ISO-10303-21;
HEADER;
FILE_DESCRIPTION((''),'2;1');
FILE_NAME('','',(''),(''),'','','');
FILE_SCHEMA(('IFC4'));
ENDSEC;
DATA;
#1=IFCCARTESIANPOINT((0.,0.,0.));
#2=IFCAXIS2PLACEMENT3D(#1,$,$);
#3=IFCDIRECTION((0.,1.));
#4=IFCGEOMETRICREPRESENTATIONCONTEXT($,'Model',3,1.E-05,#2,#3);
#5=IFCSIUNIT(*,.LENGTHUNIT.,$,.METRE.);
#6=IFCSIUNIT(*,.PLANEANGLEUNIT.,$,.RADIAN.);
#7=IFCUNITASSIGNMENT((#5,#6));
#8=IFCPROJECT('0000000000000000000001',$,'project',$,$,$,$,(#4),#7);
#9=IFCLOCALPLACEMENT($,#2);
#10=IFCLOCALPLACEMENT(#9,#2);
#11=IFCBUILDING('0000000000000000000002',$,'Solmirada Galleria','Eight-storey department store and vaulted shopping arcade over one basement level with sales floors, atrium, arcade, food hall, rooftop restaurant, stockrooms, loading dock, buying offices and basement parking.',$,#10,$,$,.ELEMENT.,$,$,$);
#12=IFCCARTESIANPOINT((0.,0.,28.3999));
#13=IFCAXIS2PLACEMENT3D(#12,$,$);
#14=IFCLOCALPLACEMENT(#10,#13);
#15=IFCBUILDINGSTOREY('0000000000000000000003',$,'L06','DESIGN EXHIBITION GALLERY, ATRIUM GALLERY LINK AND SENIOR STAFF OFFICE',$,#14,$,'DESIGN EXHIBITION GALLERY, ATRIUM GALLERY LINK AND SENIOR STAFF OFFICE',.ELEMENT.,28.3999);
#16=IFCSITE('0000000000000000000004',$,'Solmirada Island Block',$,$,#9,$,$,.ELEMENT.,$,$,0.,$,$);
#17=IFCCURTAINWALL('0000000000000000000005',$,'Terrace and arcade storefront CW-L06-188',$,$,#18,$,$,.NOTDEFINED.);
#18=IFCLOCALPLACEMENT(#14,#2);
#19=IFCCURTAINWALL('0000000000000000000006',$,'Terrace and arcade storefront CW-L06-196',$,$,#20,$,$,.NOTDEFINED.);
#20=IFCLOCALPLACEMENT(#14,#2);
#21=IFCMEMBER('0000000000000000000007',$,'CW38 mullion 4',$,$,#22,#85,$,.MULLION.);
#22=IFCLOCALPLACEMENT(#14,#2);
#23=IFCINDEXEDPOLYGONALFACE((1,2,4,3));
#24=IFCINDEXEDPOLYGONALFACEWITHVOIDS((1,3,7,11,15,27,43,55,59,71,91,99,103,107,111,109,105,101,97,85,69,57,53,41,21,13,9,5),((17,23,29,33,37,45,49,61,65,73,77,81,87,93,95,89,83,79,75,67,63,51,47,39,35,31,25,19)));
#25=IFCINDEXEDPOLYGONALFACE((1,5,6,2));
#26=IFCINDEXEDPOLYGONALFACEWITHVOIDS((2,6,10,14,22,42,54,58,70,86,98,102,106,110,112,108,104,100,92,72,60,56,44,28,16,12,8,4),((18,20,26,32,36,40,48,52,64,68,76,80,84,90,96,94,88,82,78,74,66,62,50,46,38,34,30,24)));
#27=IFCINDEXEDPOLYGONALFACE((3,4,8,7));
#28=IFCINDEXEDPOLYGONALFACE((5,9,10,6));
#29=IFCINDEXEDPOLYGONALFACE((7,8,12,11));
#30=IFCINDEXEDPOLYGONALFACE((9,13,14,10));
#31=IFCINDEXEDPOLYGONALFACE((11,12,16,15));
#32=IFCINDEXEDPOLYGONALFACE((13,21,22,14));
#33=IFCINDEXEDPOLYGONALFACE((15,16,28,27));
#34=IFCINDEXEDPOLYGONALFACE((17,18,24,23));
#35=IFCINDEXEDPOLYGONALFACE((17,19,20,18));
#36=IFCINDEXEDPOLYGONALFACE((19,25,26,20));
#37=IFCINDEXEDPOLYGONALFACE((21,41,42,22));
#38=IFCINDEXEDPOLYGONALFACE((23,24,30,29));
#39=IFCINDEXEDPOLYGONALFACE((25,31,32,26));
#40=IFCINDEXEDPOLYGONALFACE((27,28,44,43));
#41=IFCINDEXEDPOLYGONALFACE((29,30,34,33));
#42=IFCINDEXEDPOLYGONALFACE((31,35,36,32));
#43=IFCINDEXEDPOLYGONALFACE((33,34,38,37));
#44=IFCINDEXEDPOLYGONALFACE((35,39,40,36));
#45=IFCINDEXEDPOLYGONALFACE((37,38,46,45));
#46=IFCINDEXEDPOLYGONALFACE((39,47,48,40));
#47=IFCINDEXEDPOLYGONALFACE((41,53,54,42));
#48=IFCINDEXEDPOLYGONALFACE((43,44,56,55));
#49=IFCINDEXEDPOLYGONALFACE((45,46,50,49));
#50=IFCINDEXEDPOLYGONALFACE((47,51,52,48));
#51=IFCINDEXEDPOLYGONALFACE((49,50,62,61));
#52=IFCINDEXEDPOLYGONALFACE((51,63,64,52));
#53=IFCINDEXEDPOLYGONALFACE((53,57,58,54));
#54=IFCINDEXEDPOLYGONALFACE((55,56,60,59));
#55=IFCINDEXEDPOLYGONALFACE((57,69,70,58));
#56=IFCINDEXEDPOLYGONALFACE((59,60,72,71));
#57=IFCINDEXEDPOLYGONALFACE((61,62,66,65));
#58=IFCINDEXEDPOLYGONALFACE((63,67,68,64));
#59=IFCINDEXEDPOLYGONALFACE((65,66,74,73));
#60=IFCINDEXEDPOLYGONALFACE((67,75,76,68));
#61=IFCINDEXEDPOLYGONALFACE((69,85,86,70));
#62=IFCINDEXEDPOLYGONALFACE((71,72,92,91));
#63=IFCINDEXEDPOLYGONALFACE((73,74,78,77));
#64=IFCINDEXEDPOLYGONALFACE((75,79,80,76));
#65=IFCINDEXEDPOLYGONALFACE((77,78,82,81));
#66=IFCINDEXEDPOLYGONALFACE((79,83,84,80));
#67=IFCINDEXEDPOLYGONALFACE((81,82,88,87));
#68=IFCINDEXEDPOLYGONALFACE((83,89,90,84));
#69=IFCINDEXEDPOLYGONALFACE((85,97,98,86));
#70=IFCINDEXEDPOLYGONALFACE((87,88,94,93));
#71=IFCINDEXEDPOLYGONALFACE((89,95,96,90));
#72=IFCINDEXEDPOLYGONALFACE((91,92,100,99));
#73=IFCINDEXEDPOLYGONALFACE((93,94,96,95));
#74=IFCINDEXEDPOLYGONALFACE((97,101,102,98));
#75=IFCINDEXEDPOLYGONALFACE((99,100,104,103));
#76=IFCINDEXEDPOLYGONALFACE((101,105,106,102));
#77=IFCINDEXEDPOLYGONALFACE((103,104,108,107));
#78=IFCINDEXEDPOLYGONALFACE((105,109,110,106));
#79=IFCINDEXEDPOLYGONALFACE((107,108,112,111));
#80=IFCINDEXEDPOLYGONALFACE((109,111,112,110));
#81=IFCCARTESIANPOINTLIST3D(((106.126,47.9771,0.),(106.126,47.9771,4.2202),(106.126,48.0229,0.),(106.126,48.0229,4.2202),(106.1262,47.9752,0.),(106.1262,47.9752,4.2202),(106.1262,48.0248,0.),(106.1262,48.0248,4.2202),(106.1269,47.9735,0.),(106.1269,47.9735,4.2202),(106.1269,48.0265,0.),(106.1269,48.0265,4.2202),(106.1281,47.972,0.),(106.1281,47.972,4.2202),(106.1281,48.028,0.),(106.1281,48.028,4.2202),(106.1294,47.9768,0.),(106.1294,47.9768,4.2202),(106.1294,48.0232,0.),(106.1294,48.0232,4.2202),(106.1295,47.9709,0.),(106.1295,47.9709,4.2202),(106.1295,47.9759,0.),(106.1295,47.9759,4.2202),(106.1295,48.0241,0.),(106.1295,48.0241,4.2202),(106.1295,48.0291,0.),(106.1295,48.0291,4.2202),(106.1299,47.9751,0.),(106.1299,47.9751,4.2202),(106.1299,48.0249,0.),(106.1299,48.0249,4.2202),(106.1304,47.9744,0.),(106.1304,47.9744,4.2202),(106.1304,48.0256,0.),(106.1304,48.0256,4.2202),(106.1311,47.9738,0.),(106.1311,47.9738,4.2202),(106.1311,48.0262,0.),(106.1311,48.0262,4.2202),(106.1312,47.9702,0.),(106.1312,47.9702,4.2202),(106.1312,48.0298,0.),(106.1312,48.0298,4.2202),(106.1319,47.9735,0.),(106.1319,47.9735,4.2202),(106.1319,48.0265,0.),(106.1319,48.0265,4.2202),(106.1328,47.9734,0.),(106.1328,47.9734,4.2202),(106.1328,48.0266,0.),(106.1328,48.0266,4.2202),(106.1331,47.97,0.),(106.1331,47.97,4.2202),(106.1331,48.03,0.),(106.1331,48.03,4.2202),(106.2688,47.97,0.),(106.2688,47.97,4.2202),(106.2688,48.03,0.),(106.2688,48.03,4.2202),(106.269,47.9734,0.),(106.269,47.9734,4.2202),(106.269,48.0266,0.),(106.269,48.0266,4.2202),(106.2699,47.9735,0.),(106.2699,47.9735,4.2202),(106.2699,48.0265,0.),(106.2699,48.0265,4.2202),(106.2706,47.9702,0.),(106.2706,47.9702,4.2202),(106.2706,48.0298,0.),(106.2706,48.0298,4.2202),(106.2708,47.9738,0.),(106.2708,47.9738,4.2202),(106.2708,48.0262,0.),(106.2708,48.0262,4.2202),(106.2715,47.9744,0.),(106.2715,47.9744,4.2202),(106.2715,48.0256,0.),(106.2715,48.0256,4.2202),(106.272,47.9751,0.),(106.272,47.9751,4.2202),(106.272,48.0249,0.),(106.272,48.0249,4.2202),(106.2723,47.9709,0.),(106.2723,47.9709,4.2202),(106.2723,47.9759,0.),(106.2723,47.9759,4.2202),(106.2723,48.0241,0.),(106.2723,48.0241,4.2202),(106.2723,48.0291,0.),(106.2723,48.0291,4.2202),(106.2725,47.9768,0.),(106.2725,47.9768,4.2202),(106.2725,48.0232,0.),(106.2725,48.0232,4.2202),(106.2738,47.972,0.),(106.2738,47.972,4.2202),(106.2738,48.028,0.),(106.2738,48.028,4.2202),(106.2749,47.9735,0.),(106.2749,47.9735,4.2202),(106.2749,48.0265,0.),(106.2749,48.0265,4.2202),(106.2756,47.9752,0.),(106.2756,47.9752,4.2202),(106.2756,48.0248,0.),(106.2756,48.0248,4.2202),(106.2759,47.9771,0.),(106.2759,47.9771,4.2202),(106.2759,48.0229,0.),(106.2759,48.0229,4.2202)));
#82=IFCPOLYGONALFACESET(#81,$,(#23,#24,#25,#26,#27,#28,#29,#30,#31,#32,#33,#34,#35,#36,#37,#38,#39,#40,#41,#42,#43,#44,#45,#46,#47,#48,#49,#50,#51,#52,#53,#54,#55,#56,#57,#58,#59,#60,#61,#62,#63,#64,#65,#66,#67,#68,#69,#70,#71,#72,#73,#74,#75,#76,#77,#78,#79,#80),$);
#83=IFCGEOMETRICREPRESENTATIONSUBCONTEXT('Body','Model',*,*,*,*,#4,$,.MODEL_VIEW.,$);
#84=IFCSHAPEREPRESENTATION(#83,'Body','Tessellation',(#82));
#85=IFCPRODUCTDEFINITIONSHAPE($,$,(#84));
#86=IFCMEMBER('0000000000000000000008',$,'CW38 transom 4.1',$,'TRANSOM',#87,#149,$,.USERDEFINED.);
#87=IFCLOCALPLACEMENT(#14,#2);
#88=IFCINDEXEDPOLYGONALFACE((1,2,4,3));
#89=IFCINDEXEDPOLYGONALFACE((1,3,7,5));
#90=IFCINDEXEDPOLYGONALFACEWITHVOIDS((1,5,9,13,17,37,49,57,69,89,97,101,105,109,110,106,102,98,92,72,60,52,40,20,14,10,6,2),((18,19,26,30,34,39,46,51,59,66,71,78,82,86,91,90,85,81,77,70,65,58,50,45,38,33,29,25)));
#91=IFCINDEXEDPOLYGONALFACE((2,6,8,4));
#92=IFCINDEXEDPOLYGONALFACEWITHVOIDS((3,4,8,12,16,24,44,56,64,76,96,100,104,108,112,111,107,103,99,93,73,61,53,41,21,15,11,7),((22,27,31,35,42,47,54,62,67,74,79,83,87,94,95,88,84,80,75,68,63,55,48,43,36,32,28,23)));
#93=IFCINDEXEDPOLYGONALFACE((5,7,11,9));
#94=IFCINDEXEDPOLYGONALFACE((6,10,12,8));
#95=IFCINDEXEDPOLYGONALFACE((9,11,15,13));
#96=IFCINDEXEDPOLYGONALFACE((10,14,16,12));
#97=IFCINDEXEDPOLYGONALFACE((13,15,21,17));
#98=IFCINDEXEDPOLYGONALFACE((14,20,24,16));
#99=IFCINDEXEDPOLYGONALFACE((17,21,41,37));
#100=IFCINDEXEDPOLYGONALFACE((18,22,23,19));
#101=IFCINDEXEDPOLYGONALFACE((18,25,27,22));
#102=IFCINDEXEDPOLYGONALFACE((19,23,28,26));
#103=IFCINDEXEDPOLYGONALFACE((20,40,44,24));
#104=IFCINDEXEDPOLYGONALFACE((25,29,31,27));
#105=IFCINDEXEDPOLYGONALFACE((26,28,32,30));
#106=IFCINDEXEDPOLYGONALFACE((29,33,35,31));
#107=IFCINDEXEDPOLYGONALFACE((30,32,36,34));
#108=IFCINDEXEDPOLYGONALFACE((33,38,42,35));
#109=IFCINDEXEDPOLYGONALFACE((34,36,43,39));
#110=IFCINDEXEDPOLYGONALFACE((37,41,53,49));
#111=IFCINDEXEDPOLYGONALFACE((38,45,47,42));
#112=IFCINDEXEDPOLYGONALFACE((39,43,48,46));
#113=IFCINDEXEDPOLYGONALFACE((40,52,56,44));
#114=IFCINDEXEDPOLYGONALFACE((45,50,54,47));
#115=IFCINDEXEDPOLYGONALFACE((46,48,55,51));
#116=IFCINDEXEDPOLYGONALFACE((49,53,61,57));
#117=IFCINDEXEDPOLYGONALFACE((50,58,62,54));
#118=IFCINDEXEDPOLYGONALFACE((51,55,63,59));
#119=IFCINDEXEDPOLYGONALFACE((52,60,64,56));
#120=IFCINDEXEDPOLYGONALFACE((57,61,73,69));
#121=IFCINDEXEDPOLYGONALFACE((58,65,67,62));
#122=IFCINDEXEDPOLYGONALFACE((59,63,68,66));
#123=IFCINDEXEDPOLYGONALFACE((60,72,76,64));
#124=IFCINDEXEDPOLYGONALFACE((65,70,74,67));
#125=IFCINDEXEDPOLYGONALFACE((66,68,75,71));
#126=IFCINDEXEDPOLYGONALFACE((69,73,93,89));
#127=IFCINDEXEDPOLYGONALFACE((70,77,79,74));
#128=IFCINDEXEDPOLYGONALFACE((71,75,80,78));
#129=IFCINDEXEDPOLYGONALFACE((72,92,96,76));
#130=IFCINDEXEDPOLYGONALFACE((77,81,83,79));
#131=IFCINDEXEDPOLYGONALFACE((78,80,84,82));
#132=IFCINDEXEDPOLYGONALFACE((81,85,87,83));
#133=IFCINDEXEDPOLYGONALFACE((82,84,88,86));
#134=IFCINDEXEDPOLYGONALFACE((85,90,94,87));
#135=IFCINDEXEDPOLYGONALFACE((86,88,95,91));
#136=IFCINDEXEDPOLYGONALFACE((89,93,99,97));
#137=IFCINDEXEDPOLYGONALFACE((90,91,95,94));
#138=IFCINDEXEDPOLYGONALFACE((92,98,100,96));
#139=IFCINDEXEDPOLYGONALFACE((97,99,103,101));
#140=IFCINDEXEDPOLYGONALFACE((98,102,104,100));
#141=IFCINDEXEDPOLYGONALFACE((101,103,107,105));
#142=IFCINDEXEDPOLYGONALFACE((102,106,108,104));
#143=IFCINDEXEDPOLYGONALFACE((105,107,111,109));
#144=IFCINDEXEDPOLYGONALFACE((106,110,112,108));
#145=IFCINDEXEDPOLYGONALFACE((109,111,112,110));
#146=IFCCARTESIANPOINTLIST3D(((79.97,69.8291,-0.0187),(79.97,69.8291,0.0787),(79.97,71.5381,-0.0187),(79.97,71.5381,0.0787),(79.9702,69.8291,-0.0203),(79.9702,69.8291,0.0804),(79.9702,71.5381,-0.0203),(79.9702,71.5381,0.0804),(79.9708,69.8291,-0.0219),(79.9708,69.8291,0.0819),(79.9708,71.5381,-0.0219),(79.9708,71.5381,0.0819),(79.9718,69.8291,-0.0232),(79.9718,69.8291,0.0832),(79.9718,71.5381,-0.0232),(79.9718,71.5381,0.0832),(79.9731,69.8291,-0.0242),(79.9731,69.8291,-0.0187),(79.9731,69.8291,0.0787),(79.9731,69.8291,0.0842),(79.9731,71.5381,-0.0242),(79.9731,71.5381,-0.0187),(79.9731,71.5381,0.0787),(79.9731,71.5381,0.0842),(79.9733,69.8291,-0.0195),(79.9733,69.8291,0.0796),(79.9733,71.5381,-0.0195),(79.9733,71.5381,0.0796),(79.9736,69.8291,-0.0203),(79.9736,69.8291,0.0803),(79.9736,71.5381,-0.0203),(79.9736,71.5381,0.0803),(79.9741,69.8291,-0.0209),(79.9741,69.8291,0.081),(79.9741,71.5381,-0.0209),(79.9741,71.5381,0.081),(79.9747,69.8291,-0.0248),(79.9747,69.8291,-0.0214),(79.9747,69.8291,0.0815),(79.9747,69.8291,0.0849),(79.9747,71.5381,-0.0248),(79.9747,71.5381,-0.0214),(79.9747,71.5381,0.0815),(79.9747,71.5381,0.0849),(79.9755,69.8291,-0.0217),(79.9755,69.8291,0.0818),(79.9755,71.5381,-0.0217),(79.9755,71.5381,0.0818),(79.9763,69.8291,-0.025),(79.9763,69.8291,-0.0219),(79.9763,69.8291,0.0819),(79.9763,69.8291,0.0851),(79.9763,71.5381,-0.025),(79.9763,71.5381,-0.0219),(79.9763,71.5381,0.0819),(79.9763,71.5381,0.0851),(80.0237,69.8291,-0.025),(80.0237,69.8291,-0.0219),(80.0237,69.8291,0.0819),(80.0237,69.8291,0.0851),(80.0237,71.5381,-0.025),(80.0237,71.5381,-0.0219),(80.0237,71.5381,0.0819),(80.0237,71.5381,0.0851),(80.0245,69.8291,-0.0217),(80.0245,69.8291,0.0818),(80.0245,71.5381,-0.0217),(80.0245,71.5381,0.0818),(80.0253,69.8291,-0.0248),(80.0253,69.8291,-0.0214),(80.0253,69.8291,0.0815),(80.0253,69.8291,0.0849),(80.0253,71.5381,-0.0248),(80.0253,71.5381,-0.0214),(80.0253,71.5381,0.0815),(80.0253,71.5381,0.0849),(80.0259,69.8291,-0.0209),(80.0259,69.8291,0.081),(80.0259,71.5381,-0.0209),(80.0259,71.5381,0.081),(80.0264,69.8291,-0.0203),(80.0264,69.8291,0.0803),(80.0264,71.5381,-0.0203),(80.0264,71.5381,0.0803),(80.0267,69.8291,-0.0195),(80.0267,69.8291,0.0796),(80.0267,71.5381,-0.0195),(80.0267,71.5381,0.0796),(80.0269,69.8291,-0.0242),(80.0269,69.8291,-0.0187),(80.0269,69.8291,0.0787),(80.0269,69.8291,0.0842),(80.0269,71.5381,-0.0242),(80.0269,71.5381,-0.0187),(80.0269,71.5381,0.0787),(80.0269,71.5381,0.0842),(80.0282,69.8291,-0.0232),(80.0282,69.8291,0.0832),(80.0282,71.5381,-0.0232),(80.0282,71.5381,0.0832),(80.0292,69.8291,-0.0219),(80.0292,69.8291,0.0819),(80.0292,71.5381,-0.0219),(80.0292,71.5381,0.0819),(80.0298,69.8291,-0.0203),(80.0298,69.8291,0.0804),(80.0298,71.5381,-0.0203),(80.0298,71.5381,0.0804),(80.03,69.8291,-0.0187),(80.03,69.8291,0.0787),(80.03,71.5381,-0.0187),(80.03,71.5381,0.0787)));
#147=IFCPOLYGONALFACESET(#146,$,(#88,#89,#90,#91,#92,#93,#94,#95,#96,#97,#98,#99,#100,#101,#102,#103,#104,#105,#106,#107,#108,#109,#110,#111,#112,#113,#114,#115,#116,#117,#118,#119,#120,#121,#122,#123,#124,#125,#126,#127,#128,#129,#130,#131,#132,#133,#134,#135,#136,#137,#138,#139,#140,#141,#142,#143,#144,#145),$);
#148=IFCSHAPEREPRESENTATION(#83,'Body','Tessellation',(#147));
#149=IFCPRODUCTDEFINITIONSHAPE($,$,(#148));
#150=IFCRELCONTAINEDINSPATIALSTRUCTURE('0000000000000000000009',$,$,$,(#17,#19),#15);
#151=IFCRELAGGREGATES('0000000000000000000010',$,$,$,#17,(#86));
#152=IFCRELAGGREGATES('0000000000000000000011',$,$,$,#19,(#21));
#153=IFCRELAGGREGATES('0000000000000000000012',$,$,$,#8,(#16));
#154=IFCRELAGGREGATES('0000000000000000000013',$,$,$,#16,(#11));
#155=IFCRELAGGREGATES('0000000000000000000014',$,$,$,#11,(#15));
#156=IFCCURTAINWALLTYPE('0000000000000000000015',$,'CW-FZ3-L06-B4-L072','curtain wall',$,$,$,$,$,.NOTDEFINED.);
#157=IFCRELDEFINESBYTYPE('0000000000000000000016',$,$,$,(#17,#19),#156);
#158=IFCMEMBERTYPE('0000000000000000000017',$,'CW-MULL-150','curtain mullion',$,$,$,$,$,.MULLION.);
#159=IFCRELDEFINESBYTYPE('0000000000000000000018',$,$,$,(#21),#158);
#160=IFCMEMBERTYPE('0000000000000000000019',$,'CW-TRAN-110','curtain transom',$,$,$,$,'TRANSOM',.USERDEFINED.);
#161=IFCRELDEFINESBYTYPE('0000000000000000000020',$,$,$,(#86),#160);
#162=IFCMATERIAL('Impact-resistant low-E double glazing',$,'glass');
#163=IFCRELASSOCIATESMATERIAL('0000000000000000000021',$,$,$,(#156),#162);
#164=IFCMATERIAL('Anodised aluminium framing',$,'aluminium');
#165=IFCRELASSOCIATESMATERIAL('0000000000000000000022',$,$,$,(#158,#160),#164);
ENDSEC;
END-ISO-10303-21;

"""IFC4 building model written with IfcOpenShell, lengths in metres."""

from ifc_helpers import new_model, si_unit, direction, frame, origin, origin_2d, place, context, subcontext, project, spatial, hollow_rectangle, extrude, material, material_profile, profile_set, type_object, element, aggregate, save


model = new_model("IFC4")

# Units and contexts
model_context = context("Model", 3, precision=1e-05, world=origin(), true_north=direction((0.0, 1.0)))
body_context = subcontext(model_context, "Body", "Model", "MODEL_VIEW")
ifc_project = project(units=[si_unit("LENGTHUNIT", "METRE"), si_unit("PLANEANGLEUNIT", "RADIAN")], contexts=[model_context])

# Site, building, storey
site_placement = place(None, origin())
site = spatial("IfcSite", under=ifc_project, at=site_placement, Name="Solmirada Island Block", CompositionType="ELEMENT", RefElevation=0.0)
building_placement = place(site_placement, origin())
building = spatial("IfcBuilding", under=site, at=building_placement, Name="Solmirada Galleria", Description="Eight-storey department store and vaulted shopping arcade over one basement level with sales floors, atrium, arcade, food hall, rooftop restaurant, stockrooms, loading dock, buying offices and basement parking.", CompositionType="ELEMENT")
storey_placement = place(building_placement, frame((0.0, 0.0, 28.3999)))
storey = spatial("IfcBuildingStorey", under=building, at=storey_placement, Name="L06", Description="DESIGN EXHIBITION GALLERY, ATRIUM GALLERY LINK AND SENIOR STAFF OFFICE", LongName="DESIGN EXHIBITION GALLERY, ATRIUM GALLERY LINK AND SENIOR STAFF OFFICE", CompositionType="ELEMENT", Elevation=28.3999)

# Curtain wall
ifc_material_1 = material(Name="Impact-resistant low-E double glazing", Category="glass")
curtain_wall_type = type_object("IfcCurtainWallType", Name="CW-FZ3-L06-B4-L072", Description="curtain wall", PredefinedType="NOTDEFINED", material=ifc_material_1)
curtain_wall_1_placement = place(storey_placement, origin())
curtain_wall_1 = element("IfcCurtainWall", 1, at=curtain_wall_1_placement, inside=storey, type_object=curtain_wall_type, Name="Terrace and arcade storefront CW-L06-188", PredefinedType="NOTDEFINED")
ifc_material_2 = material(Name="Anodised aluminium framing", Category="aluminium")
ifc_material_profile_1 = material_profile(ifc_material_2, hollow_rectangle(XDim=0.0601, YDim=0.1499, WallThickness=0.0034, InnerFilletRadius=0.0034, OuterFilletRadius=0.0071, at=origin_2d()), Name="ALU-MULL-150X60")
ifc_profile_set_1 = profile_set([ifc_material_profile_1], Name="Anodised aluminium framing")
member_type_1 = type_object("IfcMemberType", Name="CW-MULL-150", Description="curtain mullion", PredefinedType="MULLION", material=ifc_profile_set_1)

# Curtain wall, member
curtain_wall_2_placement = place(storey_placement, origin())
curtain_wall_2 = element("IfcCurtainWall", 2, at=curtain_wall_2_placement, inside=storey, type_object=curtain_wall_type, Name="Terrace and arcade storefront CW-L06-196", PredefinedType="NOTDEFINED")
member_1_placement = place(storey_placement, frame((106.2009, 48.0, 0.0), z_axis=(0.0, 0.0, 1.0), x_axis=(0.0, -1.0, 0.0)))
member_1 = element("IfcMember", 3, at=member_1_placement, type_object=member_type_1, Name="CW38 mullion 4", PredefinedType="MULLION", context=body_context, shape_type="SweptSolid", body=[
    extrude(hollow_rectangle(XDim=0.0601, YDim=0.1499, WallThickness=0.0034, InnerFilletRadius=0.0034, OuterFilletRadius=0.0071, at=origin_2d()), origin(), (0.0, 0.0, 1.0), 4.2202),
])

# Member
ifc_material_profile_2 = material_profile(ifc_material_2, hollow_rectangle(XDim=0.0601, YDim=0.1101, WallThickness=0.0032, InnerFilletRadius=0.0032, OuterFilletRadius=0.0063, at=origin_2d()), Name="ALU-TRAN-110X60")
ifc_profile_set_2 = profile_set([ifc_material_profile_2], Name="Anodised aluminium framing")
member_type_2 = type_object("IfcMemberType", Name="CW-TRAN-110", Description="curtain transom", ElementType="TRANSOM", PredefinedType="USERDEFINED", material=ifc_profile_set_2)
member_2_placement = place(storey_placement, frame((80.0, 69.8291, 0.03), z_axis=(0.0, 1.0, 0.0), x_axis=(-1.0, 0.0, 0.0)))
member_2 = element("IfcMember", 4, at=member_2_placement, type_object=member_type_2, Name="CW38 transom 4.1", ObjectType="TRANSOM", PredefinedType="USERDEFINED", context=body_context, shape_type="SweptSolid", body=[
    extrude(hollow_rectangle(XDim=0.0601, YDim=0.1101, WallThickness=0.0032, InnerFilletRadius=0.0032, OuterFilletRadius=0.0063, at=origin_2d()), origin(), (0.0, 0.0, 1.0), 1.709),
])

aggregate(curtain_wall_1, [member_2])
aggregate(curtain_wall_2, [member_1])

save(model, "model.ifc")
